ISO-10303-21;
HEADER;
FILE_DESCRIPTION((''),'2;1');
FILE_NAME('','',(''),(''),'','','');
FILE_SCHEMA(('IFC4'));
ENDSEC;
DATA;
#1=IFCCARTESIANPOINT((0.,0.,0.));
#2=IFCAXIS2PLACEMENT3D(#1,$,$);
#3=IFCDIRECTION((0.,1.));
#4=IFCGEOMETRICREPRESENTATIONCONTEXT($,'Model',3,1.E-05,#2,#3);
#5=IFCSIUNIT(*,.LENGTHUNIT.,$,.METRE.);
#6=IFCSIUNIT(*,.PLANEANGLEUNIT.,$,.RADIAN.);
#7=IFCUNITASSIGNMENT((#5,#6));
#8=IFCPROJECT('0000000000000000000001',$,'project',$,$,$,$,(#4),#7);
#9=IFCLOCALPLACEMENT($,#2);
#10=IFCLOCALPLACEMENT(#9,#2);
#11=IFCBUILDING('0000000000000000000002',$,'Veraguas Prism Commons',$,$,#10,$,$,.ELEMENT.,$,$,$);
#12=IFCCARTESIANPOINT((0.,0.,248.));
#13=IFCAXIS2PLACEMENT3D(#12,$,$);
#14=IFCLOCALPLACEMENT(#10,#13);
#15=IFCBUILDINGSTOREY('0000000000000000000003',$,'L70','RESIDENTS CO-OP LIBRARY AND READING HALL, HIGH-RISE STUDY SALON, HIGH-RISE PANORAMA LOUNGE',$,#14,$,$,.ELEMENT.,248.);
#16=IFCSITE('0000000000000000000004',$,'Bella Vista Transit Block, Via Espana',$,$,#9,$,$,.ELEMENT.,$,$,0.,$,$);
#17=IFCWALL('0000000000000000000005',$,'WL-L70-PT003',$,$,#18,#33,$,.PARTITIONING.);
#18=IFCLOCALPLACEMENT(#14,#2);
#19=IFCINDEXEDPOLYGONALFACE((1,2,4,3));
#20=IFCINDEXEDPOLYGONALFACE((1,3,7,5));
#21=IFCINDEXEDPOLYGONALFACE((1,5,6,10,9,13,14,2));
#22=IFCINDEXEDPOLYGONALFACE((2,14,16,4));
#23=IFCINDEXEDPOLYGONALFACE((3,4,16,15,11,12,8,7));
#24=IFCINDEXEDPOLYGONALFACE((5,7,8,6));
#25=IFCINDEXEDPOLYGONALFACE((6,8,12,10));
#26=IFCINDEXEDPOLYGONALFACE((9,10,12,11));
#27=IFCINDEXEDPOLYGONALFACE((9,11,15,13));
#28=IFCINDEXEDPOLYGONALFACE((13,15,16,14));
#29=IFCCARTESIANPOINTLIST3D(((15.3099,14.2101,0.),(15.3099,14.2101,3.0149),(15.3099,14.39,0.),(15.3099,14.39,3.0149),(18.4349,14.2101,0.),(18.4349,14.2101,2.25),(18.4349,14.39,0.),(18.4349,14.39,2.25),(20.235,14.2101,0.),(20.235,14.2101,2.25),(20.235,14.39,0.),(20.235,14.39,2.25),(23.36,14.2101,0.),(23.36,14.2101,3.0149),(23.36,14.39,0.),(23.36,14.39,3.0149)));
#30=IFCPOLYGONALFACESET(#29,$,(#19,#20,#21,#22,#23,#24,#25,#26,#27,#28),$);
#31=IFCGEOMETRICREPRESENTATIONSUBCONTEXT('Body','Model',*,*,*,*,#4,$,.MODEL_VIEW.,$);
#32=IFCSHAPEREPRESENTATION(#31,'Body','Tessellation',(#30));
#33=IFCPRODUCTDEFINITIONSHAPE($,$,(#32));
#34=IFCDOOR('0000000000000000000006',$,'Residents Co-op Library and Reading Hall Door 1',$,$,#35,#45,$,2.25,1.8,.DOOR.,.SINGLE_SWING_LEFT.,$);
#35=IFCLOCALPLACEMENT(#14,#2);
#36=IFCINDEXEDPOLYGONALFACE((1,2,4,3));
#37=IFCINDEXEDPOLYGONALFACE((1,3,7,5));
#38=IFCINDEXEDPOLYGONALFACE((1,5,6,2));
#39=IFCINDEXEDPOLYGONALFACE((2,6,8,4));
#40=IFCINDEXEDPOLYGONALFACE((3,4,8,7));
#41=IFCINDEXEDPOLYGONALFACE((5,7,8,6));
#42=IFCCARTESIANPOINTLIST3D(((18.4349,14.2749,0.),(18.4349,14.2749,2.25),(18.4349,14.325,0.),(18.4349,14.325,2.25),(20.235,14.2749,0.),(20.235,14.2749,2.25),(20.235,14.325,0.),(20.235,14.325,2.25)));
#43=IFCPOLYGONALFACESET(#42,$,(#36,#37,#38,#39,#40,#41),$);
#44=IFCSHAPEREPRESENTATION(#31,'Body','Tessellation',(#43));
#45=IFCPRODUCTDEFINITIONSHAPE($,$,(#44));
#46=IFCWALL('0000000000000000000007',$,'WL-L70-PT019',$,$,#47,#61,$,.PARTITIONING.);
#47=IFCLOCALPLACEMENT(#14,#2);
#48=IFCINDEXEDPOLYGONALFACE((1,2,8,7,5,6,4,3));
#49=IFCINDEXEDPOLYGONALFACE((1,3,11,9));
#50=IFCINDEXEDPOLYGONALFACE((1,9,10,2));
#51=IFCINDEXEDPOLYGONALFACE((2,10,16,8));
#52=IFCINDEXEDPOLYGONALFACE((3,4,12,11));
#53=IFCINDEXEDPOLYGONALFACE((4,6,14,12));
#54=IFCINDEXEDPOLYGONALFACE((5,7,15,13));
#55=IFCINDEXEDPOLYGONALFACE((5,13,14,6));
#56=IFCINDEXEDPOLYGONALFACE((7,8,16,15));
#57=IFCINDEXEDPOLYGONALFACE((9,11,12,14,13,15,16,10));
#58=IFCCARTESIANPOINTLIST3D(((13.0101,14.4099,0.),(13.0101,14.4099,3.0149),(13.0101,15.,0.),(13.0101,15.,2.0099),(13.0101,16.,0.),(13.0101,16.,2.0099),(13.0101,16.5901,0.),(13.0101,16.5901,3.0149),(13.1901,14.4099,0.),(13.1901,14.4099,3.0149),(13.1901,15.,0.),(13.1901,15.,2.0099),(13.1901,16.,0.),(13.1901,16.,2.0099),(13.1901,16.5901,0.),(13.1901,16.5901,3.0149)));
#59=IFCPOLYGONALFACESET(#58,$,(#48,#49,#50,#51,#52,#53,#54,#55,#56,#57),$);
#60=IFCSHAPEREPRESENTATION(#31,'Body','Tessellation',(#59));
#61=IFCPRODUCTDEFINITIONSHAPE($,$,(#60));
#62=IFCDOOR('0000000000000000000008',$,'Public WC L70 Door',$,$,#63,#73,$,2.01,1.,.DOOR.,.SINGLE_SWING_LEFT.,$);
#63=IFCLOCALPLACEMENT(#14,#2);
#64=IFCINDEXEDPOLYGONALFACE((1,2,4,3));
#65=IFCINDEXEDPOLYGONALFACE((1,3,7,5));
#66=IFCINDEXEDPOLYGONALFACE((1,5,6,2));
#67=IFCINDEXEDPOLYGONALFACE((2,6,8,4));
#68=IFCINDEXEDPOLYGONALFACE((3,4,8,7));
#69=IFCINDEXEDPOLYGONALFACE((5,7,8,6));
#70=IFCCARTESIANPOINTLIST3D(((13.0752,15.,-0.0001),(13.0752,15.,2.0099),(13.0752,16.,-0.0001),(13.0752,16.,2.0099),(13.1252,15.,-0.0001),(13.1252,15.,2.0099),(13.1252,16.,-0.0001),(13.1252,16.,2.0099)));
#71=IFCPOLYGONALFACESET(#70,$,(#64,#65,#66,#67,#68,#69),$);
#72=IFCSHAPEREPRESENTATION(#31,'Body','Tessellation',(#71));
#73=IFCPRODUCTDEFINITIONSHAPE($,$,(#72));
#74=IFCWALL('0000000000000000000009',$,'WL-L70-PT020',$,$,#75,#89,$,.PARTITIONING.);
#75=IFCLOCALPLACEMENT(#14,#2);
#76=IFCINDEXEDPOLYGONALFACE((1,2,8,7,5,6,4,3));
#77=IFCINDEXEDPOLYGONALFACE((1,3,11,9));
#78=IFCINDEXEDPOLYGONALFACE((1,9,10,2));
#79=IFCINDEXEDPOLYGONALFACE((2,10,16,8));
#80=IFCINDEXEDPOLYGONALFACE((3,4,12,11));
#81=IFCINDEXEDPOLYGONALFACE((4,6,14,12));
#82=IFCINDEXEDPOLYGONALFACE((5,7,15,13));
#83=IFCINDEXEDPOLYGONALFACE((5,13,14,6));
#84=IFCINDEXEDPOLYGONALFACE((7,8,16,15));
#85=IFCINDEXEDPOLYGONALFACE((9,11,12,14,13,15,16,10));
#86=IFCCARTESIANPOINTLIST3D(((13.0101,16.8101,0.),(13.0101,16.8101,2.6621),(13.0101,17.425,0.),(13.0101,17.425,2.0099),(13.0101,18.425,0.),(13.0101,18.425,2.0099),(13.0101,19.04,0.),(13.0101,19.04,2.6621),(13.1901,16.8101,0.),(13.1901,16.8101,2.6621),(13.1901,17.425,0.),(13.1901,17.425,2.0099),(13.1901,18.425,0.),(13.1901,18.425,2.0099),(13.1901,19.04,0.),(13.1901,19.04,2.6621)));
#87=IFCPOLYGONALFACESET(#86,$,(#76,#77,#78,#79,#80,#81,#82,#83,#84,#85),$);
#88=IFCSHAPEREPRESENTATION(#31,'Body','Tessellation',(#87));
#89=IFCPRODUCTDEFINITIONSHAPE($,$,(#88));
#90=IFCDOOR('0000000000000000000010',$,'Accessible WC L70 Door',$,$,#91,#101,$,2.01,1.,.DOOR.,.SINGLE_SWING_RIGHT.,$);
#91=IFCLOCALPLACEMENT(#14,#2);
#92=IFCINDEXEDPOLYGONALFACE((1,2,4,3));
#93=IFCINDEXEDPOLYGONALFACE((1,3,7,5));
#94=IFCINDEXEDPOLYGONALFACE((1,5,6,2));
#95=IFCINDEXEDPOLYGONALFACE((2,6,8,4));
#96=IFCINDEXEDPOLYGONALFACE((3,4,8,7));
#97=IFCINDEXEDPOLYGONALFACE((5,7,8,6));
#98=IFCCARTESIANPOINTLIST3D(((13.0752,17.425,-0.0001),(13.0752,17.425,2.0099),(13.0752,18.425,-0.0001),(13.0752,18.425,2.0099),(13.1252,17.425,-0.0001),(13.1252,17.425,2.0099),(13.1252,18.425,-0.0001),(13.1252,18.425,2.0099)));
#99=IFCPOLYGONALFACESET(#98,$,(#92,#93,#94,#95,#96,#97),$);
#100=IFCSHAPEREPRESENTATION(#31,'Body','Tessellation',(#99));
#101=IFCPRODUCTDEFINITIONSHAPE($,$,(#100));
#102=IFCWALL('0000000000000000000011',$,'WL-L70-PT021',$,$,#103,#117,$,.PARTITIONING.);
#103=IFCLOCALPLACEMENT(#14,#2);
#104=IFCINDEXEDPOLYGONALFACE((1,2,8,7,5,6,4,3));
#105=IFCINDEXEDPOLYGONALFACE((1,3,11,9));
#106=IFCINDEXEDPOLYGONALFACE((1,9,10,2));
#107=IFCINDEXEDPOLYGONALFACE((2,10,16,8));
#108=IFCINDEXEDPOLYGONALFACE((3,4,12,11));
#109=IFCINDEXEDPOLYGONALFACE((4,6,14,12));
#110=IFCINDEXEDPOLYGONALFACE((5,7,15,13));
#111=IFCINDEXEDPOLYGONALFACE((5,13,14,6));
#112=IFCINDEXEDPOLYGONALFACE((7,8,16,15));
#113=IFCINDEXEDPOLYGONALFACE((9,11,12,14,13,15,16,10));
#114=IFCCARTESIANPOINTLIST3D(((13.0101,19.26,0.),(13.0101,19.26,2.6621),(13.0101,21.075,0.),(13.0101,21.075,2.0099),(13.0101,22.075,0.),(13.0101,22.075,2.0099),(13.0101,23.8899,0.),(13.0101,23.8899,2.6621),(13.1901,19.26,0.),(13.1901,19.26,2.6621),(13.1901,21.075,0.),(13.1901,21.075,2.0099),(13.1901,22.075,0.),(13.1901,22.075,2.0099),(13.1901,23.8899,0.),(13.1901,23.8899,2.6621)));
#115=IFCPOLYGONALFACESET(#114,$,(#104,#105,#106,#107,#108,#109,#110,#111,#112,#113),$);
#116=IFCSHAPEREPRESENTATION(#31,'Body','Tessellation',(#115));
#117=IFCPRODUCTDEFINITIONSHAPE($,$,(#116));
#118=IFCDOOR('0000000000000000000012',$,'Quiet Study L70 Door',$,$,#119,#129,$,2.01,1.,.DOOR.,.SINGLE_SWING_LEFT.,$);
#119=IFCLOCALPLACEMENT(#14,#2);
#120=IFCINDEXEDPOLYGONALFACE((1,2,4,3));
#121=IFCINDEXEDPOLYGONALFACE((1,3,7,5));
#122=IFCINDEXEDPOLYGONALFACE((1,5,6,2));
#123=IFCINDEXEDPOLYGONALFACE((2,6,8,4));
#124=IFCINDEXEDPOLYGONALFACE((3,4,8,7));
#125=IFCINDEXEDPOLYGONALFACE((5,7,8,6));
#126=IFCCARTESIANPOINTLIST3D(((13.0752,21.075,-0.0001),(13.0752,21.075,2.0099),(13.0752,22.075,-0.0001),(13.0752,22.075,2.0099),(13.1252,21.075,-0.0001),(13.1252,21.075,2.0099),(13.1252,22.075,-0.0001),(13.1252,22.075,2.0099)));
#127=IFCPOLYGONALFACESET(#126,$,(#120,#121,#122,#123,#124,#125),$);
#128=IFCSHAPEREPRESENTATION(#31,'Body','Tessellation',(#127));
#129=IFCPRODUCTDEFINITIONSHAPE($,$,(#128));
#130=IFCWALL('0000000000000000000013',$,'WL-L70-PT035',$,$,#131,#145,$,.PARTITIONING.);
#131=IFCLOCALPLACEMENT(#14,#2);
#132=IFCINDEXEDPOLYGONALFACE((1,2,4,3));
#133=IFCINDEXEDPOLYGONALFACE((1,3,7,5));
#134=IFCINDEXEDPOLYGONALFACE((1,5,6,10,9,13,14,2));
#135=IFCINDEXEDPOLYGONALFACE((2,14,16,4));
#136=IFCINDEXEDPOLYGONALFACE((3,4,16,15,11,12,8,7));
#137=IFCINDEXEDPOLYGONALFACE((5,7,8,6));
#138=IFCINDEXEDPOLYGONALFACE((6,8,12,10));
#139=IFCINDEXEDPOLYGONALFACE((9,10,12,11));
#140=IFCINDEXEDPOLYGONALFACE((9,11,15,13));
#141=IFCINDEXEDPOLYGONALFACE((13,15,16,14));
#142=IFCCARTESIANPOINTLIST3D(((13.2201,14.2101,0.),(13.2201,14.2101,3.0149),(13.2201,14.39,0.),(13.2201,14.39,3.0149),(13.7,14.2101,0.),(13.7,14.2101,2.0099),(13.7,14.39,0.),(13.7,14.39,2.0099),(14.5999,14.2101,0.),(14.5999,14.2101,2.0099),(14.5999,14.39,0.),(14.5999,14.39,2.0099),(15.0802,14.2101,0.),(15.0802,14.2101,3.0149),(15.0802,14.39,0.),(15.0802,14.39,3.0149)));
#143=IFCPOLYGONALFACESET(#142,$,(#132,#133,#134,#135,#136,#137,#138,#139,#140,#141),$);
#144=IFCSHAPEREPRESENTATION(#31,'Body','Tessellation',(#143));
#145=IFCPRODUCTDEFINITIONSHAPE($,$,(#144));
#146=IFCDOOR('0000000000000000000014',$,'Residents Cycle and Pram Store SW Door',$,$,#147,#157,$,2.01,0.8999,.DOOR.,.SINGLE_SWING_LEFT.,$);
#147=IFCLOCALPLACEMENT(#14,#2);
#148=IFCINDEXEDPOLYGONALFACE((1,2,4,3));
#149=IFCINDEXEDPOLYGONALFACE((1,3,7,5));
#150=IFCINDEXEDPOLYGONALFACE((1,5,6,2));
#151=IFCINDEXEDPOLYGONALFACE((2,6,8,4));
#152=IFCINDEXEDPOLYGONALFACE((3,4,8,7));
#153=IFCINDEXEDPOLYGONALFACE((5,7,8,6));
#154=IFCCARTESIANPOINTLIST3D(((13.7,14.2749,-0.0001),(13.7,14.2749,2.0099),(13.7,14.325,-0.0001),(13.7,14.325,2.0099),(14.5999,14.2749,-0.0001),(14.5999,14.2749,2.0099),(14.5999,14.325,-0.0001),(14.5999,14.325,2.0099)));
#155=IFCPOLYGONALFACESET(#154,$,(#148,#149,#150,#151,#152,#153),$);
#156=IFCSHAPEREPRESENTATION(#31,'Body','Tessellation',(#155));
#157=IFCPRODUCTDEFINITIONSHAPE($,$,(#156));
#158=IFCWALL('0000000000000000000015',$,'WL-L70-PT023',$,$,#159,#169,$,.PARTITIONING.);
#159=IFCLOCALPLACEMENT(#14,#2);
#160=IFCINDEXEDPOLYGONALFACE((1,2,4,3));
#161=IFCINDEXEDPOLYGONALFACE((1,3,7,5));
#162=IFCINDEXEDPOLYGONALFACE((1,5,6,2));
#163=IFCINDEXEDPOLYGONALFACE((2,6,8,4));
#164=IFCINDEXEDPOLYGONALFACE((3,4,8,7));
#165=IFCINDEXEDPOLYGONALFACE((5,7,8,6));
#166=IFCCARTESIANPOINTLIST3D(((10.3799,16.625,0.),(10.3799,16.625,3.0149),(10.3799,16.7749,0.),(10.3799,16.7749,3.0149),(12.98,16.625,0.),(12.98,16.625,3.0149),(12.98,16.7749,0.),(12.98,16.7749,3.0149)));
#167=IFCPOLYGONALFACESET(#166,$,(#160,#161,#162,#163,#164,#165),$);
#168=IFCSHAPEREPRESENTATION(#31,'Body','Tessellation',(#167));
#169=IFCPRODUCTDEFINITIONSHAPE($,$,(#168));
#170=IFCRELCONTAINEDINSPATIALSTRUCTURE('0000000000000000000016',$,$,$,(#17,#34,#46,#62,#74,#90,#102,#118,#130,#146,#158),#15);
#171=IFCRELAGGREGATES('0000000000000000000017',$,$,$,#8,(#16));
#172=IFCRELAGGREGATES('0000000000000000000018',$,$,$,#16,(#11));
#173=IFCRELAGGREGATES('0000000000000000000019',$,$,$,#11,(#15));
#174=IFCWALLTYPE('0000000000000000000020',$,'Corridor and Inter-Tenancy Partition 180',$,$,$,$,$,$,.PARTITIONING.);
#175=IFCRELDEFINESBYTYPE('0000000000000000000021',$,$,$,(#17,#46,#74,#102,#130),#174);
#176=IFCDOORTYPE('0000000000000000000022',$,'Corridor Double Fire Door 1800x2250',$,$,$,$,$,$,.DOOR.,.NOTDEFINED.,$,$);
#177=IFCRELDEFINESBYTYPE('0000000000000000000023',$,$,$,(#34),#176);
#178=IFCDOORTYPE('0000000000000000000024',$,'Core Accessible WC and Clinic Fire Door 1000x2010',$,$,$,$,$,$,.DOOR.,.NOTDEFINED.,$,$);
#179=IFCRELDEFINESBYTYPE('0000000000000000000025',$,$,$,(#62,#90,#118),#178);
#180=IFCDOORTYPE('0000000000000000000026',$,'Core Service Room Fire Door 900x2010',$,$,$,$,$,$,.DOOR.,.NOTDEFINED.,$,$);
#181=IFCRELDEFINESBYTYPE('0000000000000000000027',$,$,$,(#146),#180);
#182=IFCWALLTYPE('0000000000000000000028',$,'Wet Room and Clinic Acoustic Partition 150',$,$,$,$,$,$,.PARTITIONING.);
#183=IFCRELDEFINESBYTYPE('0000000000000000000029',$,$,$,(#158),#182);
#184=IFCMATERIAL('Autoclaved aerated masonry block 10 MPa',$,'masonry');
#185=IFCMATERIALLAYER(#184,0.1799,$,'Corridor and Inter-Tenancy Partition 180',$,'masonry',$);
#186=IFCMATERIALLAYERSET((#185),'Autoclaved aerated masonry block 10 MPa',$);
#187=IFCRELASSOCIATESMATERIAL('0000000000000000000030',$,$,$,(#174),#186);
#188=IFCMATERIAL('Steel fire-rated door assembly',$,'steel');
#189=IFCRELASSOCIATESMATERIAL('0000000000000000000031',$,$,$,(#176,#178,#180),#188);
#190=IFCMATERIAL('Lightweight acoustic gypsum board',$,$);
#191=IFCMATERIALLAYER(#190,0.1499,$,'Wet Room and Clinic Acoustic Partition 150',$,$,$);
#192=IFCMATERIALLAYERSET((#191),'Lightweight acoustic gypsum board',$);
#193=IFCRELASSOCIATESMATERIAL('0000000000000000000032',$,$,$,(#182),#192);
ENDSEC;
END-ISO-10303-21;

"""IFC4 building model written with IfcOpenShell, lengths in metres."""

from ifc_helpers import new_model, si_unit, direction, frame, frame_2d, origin, place, context, subcontext, project, spatial, rectangle, extrude, source, transform, mapped, material, layer, layer_set, type_object, element, fill, save


model = new_model("IFC4")

# Units and contexts
model_context = context("Model", 3, precision=1e-05, world=origin(), true_north=direction((0.0, 1.0)))
body_context = subcontext(model_context, "Body", "Model", "MODEL_VIEW")
ifc_project = project(units=[si_unit("LENGTHUNIT", "METRE"), si_unit("PLANEANGLEUNIT", "RADIAN")], contexts=[model_context])

# Site, building, storey
site_placement = place(None, origin())
site = spatial("IfcSite", under=ifc_project, at=site_placement, Name="Bella Vista Transit Block, Via Espana", CompositionType="ELEMENT", RefElevation=0.0)
building_placement = place(site_placement, origin())
building = spatial("IfcBuilding", under=site, at=building_placement, Name="Veraguas Prism Commons", CompositionType="ELEMENT")
storey_placement = place(building_placement, frame((0.0, 0.0, 248.0)))
storey = spatial("IfcBuildingStorey", under=building, at=storey_placement, Name="L70", Description="RESIDENTS CO-OP LIBRARY AND READING HALL, HIGH-RISE STUDY SALON, HIGH-RISE PANORAMA LOUNGE", CompositionType="ELEMENT", Elevation=248.0)

# Shared definitions
ifc_material_1 = material(Name="Steel fire-rated door assembly", Category="steel")

# Walls, openings, doors
ifc_material_2 = material(Name="Autoclaved aerated masonry block 10 MPa", Category="masonry")
ifc_layer_1 = layer(ifc_material_2, 0.1799, Name="Corridor and Inter-Tenancy Partition 180", Category="masonry")
ifc_layer_set_1 = layer_set([ifc_layer_1], Name="Autoclaved aerated masonry block 10 MPa")
wall_type_1 = type_object("IfcWallType", Name="Corridor and Inter-Tenancy Partition 180", PredefinedType="PARTITIONING", material=ifc_layer_set_1)
wall_1_placement = place(storey_placement, frame((15.3101, 14.3, 0.0), z_axis=(0.0, 0.0, 1.0), x_axis=(1.0, 0.0, 0.0)))
wall_1 = element("IfcWall", 1, at=wall_1_placement, inside=storey, type_object=wall_type_1, Name="WL-L70-PT003", PredefinedType="PARTITIONING", context=body_context, shape_type="SweptSolid", body=[
    extrude(rectangle(XDim=8.05, YDim=0.1799, at=frame_2d((4.0249, 0.0))), origin(), (0.0, 0.0, 1.0), 3.0149),
])
opening_1_placement = place(wall_1_placement, frame((3.125, 0.0, 0.0)))
opening_1 = element("IfcOpeningElement", 2, at=opening_1_placement, cuts=wall_1, PredefinedType="OPENING", context=body_context, shape_type="SweptSolid", body=[
    extrude(rectangle(XDim=1.8, YDim=2.25, at=frame_2d((0.8999, 1.125))), frame((0.0, 0.0999, 0.0), z_axis=(0.0, -1.0, 0.0), x_axis=(1.0, 0.0, 0.0)), (0.0, 0.0, 1.0), 0.2),
])
door_type_1 = type_object("IfcDoorType", Name="Corridor Double Fire Door 1800x2250", OperationType="NOTDEFINED", PredefinedType="DOOR", material=ifc_material_1)
shared_shape_1 = source(origin(), body_context, "Body", "SweptSolid", [
    extrude(rectangle(XDim=1.8, YDim=2.25, at=frame_2d((0.8999, 1.125))), frame((0.0, 0.0249, 0.0), z_axis=(0.0, -1.0, 0.0), x_axis=(1.0, 0.0, 0.0)), (0.0, 0.0, 1.0), 0.05),
])
door_1_placement = place(opening_1_placement, origin())
door_1 = element("IfcDoor", 3, at=door_1_placement, inside=storey, type_object=door_type_1, Name="Residents Co-op Library and Reading Hall Door 1", OperationType="SINGLE_SWING_LEFT", OverallHeight=2.25, OverallWidth=1.8, PredefinedType="DOOR", context=body_context, shape_type="MappedRepresentation", body=[
    mapped(shared_shape_1, transform((0.0, 0.0, 0.0), scale=1.0)),
])
fill(opening_1, door_1)
wall_2_placement = place(storey_placement, frame((13.1001, 14.4099, 0.0), z_axis=(0.0, 0.0, 1.0), x_axis=(0.0, 1.0, 0.0)))
wall_2 = element("IfcWall", 4, at=wall_2_placement, inside=storey, type_object=wall_type_1, Name="WL-L70-PT019", PredefinedType="PARTITIONING", context=body_context, shape_type="SweptSolid", body=[
    extrude(rectangle(XDim=2.1802, YDim=0.1799, at=frame_2d((1.0901, 0.0))), origin(), (0.0, 0.0, 1.0), 3.0149),
])
opening_2_placement = place(wall_2_placement, frame((0.5901, 0.0, 0.0)))
opening_2 = element("IfcOpeningElement", 5, at=opening_2_placement, cuts=wall_2, PredefinedType="OPENING", context=body_context, shape_type="SweptSolid", body=[
    extrude(rectangle(XDim=1.0, YDim=2.01, at=frame_2d((0.5, 1.0049))), frame((0.0, 0.0999, 0.0), z_axis=(0.0, -1.0, 0.0), x_axis=(1.0, 0.0, 0.0)), (0.0, 0.0, 1.0), 0.2),
])
door_type_2 = type_object("IfcDoorType", Name="Core Accessible WC and Clinic Fire Door 1000x2010", OperationType="NOTDEFINED", PredefinedType="DOOR", material=ifc_material_1)
shared_shape_2 = source(origin(), body_context, "Body", "SweptSolid", [
    extrude(rectangle(XDim=1.0, YDim=2.01, at=frame_2d((0.5, 1.0049))), frame((0.0, 0.0249, 0.0), z_axis=(0.0, -1.0, 0.0), x_axis=(1.0, 0.0, 0.0)), (0.0, 0.0, 1.0), 0.05),
])
door_2_placement = place(opening_2_placement, origin())
door_2 = element("IfcDoor", 6, at=door_2_placement, inside=storey, type_object=door_type_2, Name="Public WC L70 Door", OperationType="SINGLE_SWING_LEFT", OverallHeight=2.01, OverallWidth=1.0, PredefinedType="DOOR", context=body_context, shape_type="MappedRepresentation", body=[
    mapped(shared_shape_2, transform((0.0, 0.0, 0.0), scale=1.0)),
])
fill(opening_2, door_2)
wall_3_placement = place(storey_placement, frame((13.1001, 16.8101, 0.0), z_axis=(0.0, 0.0, 1.0), x_axis=(0.0, 1.0, 0.0)))
wall_3 = element("IfcWall", 7, at=wall_3_placement, inside=storey, type_object=wall_type_1, Name="WL-L70-PT020", PredefinedType="PARTITIONING", context=body_context, shape_type="SweptSolid", body=[
    extrude(rectangle(XDim=2.23, YDim=0.1799, at=frame_2d((1.115, 0.0))), origin(), (0.0, 0.0, 1.0), 2.6621),
])
opening_3_placement = place(wall_3_placement, frame((0.615, 0.0, 0.0)))
opening_3 = element("IfcOpeningElement", 8, at=opening_3_placement, cuts=wall_3, PredefinedType="OPENING", context=body_context, shape_type="SweptSolid", body=[
    extrude(rectangle(XDim=1.0, YDim=2.01, at=frame_2d((0.5, 1.0049))), frame((0.0, 0.0999, 0.0), z_axis=(0.0, -1.0, 0.0), x_axis=(1.0, 0.0, 0.0)), (0.0, 0.0, 1.0), 0.2),
])
door_3_placement = place(opening_3_placement, origin())
door_3 = element("IfcDoor", 9, at=door_3_placement, inside=storey, type_object=door_type_2, Name="Accessible WC L70 Door", OperationType="SINGLE_SWING_RIGHT", OverallHeight=2.01, OverallWidth=1.0, PredefinedType="DOOR", context=body_context, shape_type="MappedRepresentation", body=[
    mapped(shared_shape_2, transform((0.0, 0.0, 0.0), scale=1.0)),
])
fill(opening_3, door_3)
wall_4_placement = place(storey_placement, frame((13.1001, 19.26, 0.0), z_axis=(0.0, 0.0, 1.0), x_axis=(0.0, 1.0, 0.0)))
wall_4 = element("IfcWall", 10, at=wall_4_placement, inside=storey, type_object=wall_type_1, Name="WL-L70-PT021", PredefinedType="PARTITIONING", context=body_context, shape_type="SweptSolid", body=[
    extrude(rectangle(XDim=4.6299, YDim=0.1799, at=frame_2d((2.3149, 0.0))), origin(), (0.0, 0.0, 1.0), 2.6621),
])
opening_4_placement = place(wall_4_placement, frame((1.8149, 0.0, 0.0)))
opening_4 = element("IfcOpeningElement", 11, at=opening_4_placement, cuts=wall_4, PredefinedType="OPENING", context=body_context, shape_type="SweptSolid", body=[
    extrude(rectangle(XDim=1.0, YDim=2.01, at=frame_2d((0.5, 1.0049))), frame((0.0, 0.0999, 0.0), z_axis=(0.0, -1.0, 0.0), x_axis=(1.0, 0.0, 0.0)), (0.0, 0.0, 1.0), 0.2),
])
door_4_placement = place(opening_4_placement, origin())
door_4 = element("IfcDoor", 12, at=door_4_placement, inside=storey, type_object=door_type_2, Name="Quiet Study L70 Door", OperationType="SINGLE_SWING_LEFT", OverallHeight=2.01, OverallWidth=1.0, PredefinedType="DOOR", context=body_context, shape_type="MappedRepresentation", body=[
    mapped(shared_shape_2, transform((0.0, 0.0, 0.0), scale=1.0)),
])
fill(opening_4, door_4)
wall_5_placement = place(storey_placement, frame((13.22, 14.3, 0.0), z_axis=(0.0, 0.0, 1.0), x_axis=(1.0, 0.0, 0.0)))
wall_5 = element("IfcWall", 13, at=wall_5_placement, inside=storey, type_object=wall_type_1, Name="WL-L70-PT035", PredefinedType="PARTITIONING", context=body_context, shape_type="SweptSolid", body=[
    extrude(rectangle(XDim=1.8601, YDim=0.1799, at=frame_2d((0.9302, 0.0))), origin(), (0.0, 0.0, 1.0), 3.0149),
])
opening_5_placement = place(wall_5_placement, frame((0.48, 0.0, 0.0)))
opening_5 = element("IfcOpeningElement", 14, at=opening_5_placement, cuts=wall_5, PredefinedType="OPENING", context=body_context, shape_type="SweptSolid", body=[
    extrude(rectangle(XDim=0.8999, YDim=2.01, at=frame_2d((0.45, 1.0049))), frame((0.0, 0.0999, 0.0), z_axis=(0.0, -1.0, 0.0), x_axis=(1.0, 0.0, 0.0)), (0.0, 0.0, 1.0), 0.2),
])
door_type_3 = type_object("IfcDoorType", Name="Core Service Room Fire Door 900x2010", OperationType="NOTDEFINED", PredefinedType="DOOR", material=ifc_material_1)
shared_shape_3 = source(origin(), body_context, "Body", "SweptSolid", [
    extrude(rectangle(XDim=0.8999, YDim=2.01, at=frame_2d((0.45, 1.0049))), frame((0.0, 0.0249, 0.0), z_axis=(0.0, -1.0, 0.0), x_axis=(1.0, 0.0, 0.0)), (0.0, 0.0, 1.0), 0.05),
])
door_5_placement = place(opening_5_placement, origin())
door_5 = element("IfcDoor", 15, at=door_5_placement, inside=storey, type_object=door_type_3, Name="Residents Cycle and Pram Store SW Door", OperationType="SINGLE_SWING_LEFT", OverallHeight=2.01, OverallWidth=0.8999, PredefinedType="DOOR", context=body_context, shape_type="MappedRepresentation", body=[
    mapped(shared_shape_3, transform((0.0, 0.0, 0.0), scale=1.0)),
])
fill(opening_5, door_5)

# Wall
ifc_material_3 = material(Name="Lightweight acoustic gypsum board")
ifc_layer_2 = layer(ifc_material_3, 0.1499, Name="Wet Room and Clinic Acoustic Partition 150")
ifc_layer_set_2 = layer_set([ifc_layer_2], Name="Lightweight acoustic gypsum board")
wall_type_2 = type_object("IfcWallType", Name="Wet Room and Clinic Acoustic Partition 150", PredefinedType="PARTITIONING", material=ifc_layer_set_2)
for number, where, z_axis, x_axis, name in (
    (16, (12.98, 16.7, 0.0), (0.0, 0.0, 1.0), (-1.0, 0.0, 0.0), "WL-L70-PT023"),
):
    element("IfcWall", number, at=place(storey_placement, frame(where, z_axis=z_axis, x_axis=x_axis)), inside=storey, type_object=wall_type_2, Name=name, PredefinedType="PARTITIONING", context=body_context, shape_type="SweptSolid", body=[
        extrude(rectangle(XDim=2.6001, YDim=0.1499, at=frame_2d((1.3, 0.0))), origin(), (0.0, 0.0, 1.0), 3.0149),
    ])

save(model, "model.ifc")
